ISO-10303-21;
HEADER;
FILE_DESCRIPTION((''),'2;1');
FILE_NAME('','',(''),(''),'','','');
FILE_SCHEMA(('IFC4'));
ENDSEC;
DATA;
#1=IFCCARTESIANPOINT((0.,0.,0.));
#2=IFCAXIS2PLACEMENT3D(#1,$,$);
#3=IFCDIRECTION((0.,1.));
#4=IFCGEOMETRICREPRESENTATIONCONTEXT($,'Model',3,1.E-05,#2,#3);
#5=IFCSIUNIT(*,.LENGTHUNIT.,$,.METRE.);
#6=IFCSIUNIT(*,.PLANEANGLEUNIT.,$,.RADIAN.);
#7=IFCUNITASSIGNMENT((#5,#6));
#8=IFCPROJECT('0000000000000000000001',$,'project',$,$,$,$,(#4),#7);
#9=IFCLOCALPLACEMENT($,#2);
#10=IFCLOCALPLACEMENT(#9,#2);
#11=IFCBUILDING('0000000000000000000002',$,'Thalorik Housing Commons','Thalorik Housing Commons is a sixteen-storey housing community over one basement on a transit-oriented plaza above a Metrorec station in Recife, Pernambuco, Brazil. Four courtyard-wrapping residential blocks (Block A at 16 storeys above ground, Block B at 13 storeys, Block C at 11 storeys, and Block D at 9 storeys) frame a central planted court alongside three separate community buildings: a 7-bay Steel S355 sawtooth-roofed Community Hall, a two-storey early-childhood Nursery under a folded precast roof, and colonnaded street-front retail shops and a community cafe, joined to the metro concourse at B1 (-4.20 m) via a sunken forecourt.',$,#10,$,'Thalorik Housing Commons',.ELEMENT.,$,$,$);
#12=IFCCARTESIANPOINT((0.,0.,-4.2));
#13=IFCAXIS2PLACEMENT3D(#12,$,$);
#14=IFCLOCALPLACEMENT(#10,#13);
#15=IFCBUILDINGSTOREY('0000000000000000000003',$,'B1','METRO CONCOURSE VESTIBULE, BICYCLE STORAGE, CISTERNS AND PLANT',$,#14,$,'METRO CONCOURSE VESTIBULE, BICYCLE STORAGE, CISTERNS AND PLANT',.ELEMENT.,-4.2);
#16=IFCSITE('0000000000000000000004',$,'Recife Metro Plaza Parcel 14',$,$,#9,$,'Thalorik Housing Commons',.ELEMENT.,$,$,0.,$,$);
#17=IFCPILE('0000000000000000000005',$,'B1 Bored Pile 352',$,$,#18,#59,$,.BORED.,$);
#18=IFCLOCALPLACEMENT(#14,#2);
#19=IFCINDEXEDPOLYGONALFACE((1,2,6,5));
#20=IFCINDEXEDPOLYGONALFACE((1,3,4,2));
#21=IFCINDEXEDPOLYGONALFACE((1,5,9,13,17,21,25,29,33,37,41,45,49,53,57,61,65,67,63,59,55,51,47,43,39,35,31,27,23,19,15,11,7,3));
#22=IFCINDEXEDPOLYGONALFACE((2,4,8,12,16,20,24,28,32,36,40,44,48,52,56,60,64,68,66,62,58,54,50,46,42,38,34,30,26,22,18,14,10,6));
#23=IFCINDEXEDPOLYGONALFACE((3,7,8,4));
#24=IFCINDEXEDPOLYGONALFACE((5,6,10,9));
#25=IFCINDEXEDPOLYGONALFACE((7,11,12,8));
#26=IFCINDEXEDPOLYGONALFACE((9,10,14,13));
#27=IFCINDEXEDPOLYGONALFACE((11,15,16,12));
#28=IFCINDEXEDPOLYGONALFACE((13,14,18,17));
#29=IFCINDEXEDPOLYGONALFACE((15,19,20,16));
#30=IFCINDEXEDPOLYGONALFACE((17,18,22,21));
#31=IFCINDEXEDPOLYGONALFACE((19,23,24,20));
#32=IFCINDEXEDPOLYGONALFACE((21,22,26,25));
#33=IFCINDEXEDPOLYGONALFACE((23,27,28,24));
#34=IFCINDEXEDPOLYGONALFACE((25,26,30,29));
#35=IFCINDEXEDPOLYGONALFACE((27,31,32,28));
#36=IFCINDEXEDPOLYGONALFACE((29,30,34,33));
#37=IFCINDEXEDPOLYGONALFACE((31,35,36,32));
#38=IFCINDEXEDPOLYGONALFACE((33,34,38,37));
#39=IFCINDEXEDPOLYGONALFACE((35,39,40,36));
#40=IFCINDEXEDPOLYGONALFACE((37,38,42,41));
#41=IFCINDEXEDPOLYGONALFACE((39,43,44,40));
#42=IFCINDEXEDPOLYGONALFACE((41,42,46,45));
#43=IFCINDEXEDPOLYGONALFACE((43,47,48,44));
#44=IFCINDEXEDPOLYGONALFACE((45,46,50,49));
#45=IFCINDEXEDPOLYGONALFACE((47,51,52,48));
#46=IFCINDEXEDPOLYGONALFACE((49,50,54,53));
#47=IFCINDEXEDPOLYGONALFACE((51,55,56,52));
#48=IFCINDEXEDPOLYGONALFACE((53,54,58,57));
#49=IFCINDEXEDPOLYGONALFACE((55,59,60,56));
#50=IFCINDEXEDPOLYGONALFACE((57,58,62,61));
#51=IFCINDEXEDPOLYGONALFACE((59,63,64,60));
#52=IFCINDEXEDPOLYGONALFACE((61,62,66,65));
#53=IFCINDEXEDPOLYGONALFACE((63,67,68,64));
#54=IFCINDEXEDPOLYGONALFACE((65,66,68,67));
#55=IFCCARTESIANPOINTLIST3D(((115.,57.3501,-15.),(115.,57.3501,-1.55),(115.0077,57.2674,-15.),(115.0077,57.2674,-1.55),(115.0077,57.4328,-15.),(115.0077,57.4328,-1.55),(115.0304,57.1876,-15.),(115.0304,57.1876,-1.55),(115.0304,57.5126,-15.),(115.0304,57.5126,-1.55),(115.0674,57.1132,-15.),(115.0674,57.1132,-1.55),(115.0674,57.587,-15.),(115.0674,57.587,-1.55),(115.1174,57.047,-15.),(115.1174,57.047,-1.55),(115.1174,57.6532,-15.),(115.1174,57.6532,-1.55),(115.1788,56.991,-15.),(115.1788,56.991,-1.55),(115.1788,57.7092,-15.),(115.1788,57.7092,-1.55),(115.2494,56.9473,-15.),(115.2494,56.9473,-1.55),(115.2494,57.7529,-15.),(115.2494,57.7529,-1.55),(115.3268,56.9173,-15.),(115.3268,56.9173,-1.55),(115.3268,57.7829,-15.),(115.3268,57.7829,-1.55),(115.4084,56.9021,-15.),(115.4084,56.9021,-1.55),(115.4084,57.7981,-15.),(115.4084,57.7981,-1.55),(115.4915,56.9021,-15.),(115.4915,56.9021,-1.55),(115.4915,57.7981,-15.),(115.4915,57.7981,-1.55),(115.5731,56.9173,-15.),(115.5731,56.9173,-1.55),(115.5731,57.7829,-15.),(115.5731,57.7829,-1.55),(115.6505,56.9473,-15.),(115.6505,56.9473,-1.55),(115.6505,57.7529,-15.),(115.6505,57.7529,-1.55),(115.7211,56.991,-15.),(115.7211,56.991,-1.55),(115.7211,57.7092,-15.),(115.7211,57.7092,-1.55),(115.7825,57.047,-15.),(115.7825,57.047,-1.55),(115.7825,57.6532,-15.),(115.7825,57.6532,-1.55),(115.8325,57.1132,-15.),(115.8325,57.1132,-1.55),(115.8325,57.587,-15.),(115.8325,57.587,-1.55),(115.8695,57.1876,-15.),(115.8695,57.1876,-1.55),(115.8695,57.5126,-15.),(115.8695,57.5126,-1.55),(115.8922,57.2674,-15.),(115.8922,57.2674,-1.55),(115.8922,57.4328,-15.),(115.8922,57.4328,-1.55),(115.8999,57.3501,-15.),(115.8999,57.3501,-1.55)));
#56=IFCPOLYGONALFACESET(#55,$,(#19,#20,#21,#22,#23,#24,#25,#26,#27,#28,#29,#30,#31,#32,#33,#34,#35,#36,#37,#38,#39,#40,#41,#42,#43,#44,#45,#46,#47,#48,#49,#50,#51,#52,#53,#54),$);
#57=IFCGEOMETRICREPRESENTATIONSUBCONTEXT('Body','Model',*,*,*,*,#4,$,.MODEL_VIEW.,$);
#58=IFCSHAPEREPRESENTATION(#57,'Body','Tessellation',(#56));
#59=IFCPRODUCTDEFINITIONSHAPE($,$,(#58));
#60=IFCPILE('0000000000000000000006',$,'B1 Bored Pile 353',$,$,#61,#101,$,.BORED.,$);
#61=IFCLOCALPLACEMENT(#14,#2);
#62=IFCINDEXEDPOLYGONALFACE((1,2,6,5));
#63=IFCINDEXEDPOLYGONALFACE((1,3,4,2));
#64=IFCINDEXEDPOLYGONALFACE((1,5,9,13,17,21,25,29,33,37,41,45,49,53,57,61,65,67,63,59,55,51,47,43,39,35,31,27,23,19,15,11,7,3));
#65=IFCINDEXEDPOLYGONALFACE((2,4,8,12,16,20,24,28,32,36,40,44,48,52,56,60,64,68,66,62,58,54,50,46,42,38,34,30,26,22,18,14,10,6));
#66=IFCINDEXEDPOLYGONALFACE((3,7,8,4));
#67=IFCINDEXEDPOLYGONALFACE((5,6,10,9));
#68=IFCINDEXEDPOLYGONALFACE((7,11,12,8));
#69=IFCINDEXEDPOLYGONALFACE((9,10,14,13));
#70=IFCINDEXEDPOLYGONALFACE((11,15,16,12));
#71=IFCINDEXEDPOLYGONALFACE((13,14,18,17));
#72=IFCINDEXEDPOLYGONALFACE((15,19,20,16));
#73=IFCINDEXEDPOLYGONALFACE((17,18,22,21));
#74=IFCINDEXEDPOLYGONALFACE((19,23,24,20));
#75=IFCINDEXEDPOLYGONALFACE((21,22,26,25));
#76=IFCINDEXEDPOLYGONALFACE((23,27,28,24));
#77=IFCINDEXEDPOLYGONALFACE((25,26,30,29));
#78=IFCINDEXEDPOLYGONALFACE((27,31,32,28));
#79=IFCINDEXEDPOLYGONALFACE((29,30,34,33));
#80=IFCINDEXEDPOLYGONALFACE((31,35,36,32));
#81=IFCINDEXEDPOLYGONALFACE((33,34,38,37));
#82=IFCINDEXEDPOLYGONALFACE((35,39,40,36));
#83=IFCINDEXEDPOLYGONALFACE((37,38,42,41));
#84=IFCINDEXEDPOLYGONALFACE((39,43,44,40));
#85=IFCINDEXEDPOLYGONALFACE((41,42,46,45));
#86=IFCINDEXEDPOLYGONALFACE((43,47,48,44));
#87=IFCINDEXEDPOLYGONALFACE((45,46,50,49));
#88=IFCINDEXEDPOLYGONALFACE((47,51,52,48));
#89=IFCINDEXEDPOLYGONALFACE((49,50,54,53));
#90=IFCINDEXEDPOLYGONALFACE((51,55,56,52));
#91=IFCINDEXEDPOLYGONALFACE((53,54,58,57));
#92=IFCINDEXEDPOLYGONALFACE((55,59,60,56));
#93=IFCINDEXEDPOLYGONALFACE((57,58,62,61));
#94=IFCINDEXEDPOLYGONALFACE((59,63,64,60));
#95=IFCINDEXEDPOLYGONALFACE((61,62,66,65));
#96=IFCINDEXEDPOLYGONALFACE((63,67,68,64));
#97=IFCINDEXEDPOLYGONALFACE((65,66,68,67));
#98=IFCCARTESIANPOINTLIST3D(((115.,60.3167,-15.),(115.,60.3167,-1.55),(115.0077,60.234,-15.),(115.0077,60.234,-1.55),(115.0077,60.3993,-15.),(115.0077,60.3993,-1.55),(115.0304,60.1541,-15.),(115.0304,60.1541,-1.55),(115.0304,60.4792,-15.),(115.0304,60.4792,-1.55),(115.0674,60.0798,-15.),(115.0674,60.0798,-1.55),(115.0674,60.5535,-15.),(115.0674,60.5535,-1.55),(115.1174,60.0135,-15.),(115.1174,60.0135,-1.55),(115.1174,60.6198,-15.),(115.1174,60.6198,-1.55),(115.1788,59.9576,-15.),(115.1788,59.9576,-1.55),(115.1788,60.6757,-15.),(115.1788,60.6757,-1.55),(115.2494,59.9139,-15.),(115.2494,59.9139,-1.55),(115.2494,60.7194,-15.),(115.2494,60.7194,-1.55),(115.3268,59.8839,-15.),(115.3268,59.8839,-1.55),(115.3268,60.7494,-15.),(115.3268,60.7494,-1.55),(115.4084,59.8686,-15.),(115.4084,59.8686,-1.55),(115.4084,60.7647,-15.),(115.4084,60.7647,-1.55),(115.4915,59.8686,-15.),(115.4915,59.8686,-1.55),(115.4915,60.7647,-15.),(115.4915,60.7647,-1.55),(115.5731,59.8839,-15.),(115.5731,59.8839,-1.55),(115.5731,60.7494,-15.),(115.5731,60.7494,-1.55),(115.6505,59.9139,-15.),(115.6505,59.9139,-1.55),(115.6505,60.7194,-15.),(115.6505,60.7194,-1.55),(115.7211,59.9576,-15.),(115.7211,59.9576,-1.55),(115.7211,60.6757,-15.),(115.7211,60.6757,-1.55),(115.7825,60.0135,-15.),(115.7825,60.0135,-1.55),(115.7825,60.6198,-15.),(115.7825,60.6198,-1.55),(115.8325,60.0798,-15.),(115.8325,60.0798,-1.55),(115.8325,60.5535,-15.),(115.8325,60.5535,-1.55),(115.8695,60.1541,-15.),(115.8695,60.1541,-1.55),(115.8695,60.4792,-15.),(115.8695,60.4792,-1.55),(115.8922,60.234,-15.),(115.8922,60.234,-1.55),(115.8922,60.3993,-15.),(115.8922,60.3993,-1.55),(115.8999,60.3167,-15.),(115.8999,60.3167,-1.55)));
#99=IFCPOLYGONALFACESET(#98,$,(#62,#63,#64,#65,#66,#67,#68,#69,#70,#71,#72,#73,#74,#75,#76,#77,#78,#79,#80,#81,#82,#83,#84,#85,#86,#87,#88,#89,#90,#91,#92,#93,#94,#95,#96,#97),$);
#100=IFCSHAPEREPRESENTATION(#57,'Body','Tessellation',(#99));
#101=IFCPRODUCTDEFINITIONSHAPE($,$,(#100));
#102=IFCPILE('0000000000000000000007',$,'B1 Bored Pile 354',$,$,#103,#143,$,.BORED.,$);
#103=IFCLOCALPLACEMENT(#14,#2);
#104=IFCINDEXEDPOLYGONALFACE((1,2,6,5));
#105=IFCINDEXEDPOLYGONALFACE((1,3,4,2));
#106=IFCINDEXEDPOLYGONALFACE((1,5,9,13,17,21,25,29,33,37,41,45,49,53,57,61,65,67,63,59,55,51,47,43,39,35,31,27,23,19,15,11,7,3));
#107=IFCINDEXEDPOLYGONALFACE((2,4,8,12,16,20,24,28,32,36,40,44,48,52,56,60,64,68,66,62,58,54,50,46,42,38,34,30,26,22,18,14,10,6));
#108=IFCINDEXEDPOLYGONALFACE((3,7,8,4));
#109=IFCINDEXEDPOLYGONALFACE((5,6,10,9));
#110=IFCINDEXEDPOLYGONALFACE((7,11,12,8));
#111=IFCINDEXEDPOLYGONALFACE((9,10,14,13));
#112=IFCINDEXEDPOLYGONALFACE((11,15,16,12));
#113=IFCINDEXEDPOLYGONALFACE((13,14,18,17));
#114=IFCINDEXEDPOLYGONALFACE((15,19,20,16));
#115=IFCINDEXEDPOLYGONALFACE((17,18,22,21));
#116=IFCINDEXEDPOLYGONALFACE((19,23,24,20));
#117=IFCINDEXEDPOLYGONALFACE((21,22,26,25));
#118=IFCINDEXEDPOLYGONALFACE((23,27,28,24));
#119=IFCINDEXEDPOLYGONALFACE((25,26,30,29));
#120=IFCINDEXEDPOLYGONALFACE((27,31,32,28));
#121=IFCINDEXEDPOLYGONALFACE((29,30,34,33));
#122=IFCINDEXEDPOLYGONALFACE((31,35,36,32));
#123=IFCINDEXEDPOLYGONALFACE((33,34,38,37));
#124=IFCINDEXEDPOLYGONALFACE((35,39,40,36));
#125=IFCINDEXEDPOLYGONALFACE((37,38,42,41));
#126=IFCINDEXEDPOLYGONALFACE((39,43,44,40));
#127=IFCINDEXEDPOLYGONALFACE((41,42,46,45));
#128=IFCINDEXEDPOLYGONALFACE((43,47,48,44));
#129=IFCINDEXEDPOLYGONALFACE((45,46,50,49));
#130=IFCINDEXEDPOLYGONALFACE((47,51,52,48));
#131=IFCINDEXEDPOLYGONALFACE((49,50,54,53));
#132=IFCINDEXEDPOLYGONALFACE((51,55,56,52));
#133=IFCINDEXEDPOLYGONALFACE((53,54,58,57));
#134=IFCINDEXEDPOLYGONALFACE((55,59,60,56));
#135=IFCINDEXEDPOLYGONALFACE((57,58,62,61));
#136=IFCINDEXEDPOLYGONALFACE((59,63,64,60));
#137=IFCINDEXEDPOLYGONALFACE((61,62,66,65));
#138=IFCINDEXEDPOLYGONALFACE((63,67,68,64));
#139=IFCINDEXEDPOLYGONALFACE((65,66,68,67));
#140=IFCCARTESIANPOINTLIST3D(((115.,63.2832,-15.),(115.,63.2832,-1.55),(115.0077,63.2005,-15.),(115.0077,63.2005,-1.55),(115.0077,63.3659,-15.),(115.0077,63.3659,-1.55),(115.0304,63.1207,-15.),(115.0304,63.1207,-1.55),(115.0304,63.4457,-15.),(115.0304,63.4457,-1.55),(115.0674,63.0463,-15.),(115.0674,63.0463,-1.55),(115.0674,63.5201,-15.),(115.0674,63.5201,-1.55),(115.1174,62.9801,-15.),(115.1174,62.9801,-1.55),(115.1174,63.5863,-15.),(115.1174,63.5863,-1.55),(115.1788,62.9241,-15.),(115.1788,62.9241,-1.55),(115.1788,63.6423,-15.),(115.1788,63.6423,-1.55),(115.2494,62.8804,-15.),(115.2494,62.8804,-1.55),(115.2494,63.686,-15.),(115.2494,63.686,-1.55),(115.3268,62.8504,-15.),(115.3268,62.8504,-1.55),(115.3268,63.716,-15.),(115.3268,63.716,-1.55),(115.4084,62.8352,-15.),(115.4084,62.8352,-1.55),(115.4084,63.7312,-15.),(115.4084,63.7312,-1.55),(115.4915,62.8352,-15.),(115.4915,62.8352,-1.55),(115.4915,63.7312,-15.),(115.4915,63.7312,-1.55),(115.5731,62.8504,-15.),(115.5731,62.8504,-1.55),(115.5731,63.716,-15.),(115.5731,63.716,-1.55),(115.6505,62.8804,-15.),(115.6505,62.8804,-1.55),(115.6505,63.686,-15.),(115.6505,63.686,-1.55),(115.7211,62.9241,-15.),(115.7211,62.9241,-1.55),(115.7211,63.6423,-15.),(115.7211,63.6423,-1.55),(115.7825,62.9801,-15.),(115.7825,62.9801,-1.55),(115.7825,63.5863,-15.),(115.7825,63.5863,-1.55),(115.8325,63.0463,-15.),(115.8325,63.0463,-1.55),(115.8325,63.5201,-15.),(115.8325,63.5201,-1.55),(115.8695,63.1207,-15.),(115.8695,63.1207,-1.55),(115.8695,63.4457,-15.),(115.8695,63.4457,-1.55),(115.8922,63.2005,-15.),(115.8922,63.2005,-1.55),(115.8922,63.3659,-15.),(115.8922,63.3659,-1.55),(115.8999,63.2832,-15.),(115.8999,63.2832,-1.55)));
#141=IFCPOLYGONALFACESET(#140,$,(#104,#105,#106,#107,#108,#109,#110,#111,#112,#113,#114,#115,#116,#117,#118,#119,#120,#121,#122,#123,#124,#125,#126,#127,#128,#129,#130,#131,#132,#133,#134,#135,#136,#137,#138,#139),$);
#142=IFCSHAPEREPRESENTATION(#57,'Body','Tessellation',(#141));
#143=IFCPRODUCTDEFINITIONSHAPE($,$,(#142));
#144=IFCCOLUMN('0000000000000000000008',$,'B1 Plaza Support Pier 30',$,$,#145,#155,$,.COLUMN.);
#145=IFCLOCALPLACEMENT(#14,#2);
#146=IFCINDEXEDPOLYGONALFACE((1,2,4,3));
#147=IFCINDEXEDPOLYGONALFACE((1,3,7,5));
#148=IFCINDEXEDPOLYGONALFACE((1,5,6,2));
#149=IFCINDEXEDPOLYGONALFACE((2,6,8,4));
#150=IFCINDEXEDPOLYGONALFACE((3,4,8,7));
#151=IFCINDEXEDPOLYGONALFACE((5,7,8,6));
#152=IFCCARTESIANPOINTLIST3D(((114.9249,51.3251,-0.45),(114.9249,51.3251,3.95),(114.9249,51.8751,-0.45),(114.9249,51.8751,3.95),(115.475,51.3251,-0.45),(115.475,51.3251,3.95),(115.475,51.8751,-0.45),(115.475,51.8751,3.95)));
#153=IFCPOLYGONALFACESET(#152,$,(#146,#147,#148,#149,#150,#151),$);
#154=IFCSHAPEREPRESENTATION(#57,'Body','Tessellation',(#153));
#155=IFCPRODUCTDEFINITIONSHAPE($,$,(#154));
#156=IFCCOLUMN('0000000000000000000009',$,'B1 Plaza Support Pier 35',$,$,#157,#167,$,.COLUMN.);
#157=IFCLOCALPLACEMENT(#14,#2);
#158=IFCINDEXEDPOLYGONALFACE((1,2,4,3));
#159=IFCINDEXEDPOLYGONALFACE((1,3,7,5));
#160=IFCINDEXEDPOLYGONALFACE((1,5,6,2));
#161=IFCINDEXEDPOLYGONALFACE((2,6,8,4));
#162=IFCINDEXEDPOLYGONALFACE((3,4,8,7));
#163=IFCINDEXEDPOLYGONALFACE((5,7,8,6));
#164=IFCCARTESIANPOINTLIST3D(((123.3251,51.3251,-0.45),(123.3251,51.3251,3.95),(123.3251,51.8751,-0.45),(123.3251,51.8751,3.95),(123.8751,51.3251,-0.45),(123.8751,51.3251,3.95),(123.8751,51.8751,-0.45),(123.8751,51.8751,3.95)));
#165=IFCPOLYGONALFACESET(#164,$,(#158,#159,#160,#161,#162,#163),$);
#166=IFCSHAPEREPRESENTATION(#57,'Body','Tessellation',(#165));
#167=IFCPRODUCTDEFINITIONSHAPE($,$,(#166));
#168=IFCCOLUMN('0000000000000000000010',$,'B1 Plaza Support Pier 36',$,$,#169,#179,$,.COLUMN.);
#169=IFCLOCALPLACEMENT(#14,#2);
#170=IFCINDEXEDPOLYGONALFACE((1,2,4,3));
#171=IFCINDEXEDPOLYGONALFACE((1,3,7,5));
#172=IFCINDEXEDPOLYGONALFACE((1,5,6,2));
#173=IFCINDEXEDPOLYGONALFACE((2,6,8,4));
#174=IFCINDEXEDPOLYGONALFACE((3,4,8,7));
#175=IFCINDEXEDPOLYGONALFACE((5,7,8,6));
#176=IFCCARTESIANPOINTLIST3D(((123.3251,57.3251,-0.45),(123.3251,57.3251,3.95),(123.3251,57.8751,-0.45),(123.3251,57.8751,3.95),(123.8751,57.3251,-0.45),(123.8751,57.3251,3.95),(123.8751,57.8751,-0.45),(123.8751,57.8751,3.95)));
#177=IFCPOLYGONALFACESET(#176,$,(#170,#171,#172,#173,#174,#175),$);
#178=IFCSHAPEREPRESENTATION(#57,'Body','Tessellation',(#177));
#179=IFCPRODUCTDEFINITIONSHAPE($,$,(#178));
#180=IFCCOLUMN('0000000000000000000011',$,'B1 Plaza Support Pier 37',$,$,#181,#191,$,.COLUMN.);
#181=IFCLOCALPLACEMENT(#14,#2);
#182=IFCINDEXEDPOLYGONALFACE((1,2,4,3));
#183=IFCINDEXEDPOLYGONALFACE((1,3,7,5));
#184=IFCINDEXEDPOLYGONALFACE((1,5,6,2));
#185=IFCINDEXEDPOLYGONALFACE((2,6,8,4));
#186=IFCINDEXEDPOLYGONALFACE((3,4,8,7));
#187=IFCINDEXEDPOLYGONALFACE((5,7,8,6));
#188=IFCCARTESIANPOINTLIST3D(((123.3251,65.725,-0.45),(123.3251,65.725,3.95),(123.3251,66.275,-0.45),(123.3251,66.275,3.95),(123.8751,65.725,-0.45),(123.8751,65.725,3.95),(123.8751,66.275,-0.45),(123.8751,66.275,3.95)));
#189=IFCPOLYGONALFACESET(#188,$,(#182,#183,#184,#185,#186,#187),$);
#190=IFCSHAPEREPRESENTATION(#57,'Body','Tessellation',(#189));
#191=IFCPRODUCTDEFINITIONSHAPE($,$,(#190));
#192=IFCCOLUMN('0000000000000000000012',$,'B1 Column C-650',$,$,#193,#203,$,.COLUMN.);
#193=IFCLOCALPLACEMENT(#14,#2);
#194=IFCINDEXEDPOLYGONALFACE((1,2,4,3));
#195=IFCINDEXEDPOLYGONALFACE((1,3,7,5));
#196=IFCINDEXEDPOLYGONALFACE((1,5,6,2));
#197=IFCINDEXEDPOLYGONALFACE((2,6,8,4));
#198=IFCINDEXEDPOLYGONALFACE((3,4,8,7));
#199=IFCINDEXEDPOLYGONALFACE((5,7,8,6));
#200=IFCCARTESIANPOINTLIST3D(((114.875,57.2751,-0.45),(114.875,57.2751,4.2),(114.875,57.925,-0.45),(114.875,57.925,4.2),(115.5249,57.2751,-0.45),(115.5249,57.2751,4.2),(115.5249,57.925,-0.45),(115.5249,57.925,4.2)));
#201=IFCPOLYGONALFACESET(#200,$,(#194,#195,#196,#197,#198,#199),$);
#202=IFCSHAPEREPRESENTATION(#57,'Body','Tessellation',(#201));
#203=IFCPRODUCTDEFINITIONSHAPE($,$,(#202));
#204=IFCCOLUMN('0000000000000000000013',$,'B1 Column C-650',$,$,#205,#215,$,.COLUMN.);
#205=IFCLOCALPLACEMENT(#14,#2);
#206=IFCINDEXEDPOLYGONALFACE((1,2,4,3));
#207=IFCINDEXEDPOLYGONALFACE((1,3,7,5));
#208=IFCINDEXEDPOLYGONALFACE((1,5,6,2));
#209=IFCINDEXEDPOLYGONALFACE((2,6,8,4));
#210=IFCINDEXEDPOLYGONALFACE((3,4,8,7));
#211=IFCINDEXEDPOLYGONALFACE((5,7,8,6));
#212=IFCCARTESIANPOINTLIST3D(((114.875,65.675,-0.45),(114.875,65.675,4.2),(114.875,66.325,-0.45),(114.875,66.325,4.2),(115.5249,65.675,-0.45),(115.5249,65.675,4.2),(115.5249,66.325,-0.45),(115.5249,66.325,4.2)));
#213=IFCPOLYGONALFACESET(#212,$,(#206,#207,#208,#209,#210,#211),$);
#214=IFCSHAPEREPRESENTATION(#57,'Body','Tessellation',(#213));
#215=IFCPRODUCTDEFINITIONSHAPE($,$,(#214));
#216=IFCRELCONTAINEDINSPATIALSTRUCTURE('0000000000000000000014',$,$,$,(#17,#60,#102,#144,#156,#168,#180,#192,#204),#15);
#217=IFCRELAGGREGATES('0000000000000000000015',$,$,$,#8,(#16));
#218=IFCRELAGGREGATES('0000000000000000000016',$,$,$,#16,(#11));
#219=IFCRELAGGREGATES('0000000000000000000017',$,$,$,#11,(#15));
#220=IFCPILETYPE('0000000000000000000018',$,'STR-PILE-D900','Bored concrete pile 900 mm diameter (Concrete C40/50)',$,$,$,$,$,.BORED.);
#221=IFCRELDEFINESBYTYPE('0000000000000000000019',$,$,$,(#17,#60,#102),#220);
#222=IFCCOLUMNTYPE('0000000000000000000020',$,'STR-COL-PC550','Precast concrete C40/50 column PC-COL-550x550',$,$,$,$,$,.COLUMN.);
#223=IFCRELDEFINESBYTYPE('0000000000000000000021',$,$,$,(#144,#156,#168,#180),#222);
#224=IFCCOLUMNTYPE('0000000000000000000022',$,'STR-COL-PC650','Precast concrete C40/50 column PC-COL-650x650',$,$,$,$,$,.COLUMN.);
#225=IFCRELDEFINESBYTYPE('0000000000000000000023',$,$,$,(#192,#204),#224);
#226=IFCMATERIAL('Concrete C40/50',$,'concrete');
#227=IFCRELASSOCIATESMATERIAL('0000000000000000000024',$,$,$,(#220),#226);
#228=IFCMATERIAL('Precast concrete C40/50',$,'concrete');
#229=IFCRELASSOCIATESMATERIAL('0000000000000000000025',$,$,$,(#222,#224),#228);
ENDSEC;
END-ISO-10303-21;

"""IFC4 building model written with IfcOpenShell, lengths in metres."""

from ifc_helpers import new_model, si_unit, direction, frame, origin, origin_2d, place, context, subcontext, project, spatial, rectangle, circle, extrude, material, material_profile, profile_set, type_object, element, save


model = new_model("IFC4")

# Units and contexts
model_context = context("Model", 3, precision=1e-05, world=origin(), true_north=direction((0.0, 1.0)))
body_context = subcontext(model_context, "Body", "Model", "MODEL_VIEW")
ifc_project = project(units=[si_unit("LENGTHUNIT", "METRE"), si_unit("PLANEANGLEUNIT", "RADIAN")], contexts=[model_context])

# Site, building, storey
site_placement = place(None, origin())
site = spatial("IfcSite", under=ifc_project, at=site_placement, Name="Recife Metro Plaza Parcel 14", LongName="Thalorik Housing Commons", CompositionType="ELEMENT", RefElevation=0.0)
building_placement = place(site_placement, origin())
building = spatial("IfcBuilding", under=site, at=building_placement, Name="Thalorik Housing Commons", Description="Thalorik Housing Commons is a sixteen-storey housing community over one basement on a transit-oriented plaza above a Metrorec station in Recife, Pernambuco, Brazil. Four courtyard-wrapping residential blocks (Block A at 16 storeys above ground, Block B at 13 storeys, Block C at 11 storeys, and Block D at 9 storeys) frame a central planted court alongside three separate community buildings: a 7-bay Steel S355 sawtooth-roofed Community Hall, a two-storey early-childhood Nursery under a folded precast roof, and colonnaded street-front retail shops and a community cafe, joined to the metro concourse at B1 (-4.20 m) via a sunken forecourt.", LongName="Thalorik Housing Commons", CompositionType="ELEMENT")
storey_placement = place(building_placement, frame((0.0, 0.0, -4.2)))
storey = spatial("IfcBuildingStorey", under=building, at=storey_placement, Name="B1", Description="METRO CONCOURSE VESTIBULE, BICYCLE STORAGE, CISTERNS AND PLANT", LongName="METRO CONCOURSE VESTIBULE, BICYCLE STORAGE, CISTERNS AND PLANT", CompositionType="ELEMENT", Elevation=-4.2)

# Shared definitions
ifc_material_1 = material(Name="Concrete C40/50", Category="concrete")

# Piles
ifc_material_profile_1 = material_profile(ifc_material_1, circle(Radius=0.45, at=origin_2d()), Name="BORED PILE D900", Category="concrete")
ifc_profile_set_1 = profile_set([ifc_material_profile_1], Name="Concrete C40/50")
pile_type_1 = type_object("IfcPileType", Name="STR-PILE-D900", Description="Bored concrete pile 900 mm diameter (Concrete C40/50)", PredefinedType="BORED", material=ifc_profile_set_1)
for number, where, z_axis, x_axis, name in (
    (1, (115.45, 57.3501, -1.55), (0.0, 0.0, -1.0), (1.0, 0.0, 0.0), "B1 Bored Pile 352"),
    (2, (115.45, 60.3167, -1.55), (0.0, 0.0, -1.0), (1.0, 0.0, 0.0), "B1 Bored Pile 353"),
    (3, (115.45, 63.2832, -1.55), (0.0, 0.0, -1.0), (1.0, 0.0, 0.0), "B1 Bored Pile 354"),
):
    element("IfcPile", number, at=place(storey_placement, frame(where, z_axis=z_axis, x_axis=x_axis)), inside=storey, type_object=pile_type_1, Name=name, PredefinedType="BORED", context=body_context, shape_type="SweptSolid", body=[
        extrude(circle(Radius=0.45, at=origin_2d()), origin(), (0.0, 0.0, 1.0), 13.45),
    ])

# Columns
ifc_material_2 = material(Name="Precast concrete C40/50", Category="concrete")
ifc_material_profile_2 = material_profile(ifc_material_2, rectangle(XDim=0.55, YDim=0.55, at=origin_2d()), Name="PC 550x550", Category="concrete")
ifc_profile_set_2 = profile_set([ifc_material_profile_2], Name="Precast concrete C40/50")
column_type_1 = type_object("IfcColumnType", Name="STR-COL-PC550", Description="Precast concrete C40/50 column PC-COL-550x550", PredefinedType="COLUMN", material=ifc_profile_set_2)
for number, where, z_axis, x_axis, name in (
    (4, (115.2, 51.6001, -0.45), (0.0, 0.0, 1.0), (1.0, 0.0, 0.0), "B1 Plaza Support Pier 30"),
    (5, (123.6001, 51.6001, -0.45), (0.0, 0.0, 1.0), (1.0, 0.0, 0.0), "B1 Plaza Support Pier 35"),
    (6, (123.6001, 57.6001, -0.45), (0.0, 0.0, 1.0), (1.0, 0.0, 0.0), "B1 Plaza Support Pier 36"),
    (7, (123.6001, 66.0, -0.45), (0.0, 0.0, 1.0), (1.0, 0.0, 0.0), "B1 Plaza Support Pier 37"),
):
    element("IfcColumn", number, at=place(storey_placement, frame(where, z_axis=z_axis, x_axis=x_axis)), inside=storey, type_object=column_type_1, Name=name, PredefinedType="COLUMN", context=body_context, shape_type="SweptSolid", body=[
        extrude(rectangle(XDim=0.55, YDim=0.55, at=origin_2d()), origin(), (0.0, 0.0, 1.0), 4.3999),
    ])
ifc_material_profile_3 = material_profile(ifc_material_2, rectangle(XDim=0.6499, YDim=0.6499, at=origin_2d()), Name="PC 650x650", Category="concrete")
ifc_profile_set_3 = profile_set([ifc_material_profile_3], Name="Precast concrete C40/50")
column_type_2 = type_object("IfcColumnType", Name="STR-COL-PC650", Description="Precast concrete C40/50 column PC-COL-650x650", PredefinedType="COLUMN", material=ifc_profile_set_3)
for number, where, z_axis, x_axis, name in (
    (8, (115.2, 57.6001, -0.45), (0.0, 0.0, 1.0), (1.0, 0.0, 0.0), "B1 Column C-650"),
    (9, (115.2, 66.0, -0.45), (0.0, 0.0, 1.0), (1.0, 0.0, 0.0), "B1 Column C-650"),
):
    element("IfcColumn", number, at=place(storey_placement, frame(where, z_axis=z_axis, x_axis=x_axis)), inside=storey, type_object=column_type_2, Name=name, PredefinedType="COLUMN", context=body_context, shape_type="SweptSolid", body=[
        extrude(rectangle(XDim=0.6499, YDim=0.6499, at=origin_2d()), origin(), (0.0, 0.0, 1.0), 4.6499),
    ])

save(model, "model.ifc")
